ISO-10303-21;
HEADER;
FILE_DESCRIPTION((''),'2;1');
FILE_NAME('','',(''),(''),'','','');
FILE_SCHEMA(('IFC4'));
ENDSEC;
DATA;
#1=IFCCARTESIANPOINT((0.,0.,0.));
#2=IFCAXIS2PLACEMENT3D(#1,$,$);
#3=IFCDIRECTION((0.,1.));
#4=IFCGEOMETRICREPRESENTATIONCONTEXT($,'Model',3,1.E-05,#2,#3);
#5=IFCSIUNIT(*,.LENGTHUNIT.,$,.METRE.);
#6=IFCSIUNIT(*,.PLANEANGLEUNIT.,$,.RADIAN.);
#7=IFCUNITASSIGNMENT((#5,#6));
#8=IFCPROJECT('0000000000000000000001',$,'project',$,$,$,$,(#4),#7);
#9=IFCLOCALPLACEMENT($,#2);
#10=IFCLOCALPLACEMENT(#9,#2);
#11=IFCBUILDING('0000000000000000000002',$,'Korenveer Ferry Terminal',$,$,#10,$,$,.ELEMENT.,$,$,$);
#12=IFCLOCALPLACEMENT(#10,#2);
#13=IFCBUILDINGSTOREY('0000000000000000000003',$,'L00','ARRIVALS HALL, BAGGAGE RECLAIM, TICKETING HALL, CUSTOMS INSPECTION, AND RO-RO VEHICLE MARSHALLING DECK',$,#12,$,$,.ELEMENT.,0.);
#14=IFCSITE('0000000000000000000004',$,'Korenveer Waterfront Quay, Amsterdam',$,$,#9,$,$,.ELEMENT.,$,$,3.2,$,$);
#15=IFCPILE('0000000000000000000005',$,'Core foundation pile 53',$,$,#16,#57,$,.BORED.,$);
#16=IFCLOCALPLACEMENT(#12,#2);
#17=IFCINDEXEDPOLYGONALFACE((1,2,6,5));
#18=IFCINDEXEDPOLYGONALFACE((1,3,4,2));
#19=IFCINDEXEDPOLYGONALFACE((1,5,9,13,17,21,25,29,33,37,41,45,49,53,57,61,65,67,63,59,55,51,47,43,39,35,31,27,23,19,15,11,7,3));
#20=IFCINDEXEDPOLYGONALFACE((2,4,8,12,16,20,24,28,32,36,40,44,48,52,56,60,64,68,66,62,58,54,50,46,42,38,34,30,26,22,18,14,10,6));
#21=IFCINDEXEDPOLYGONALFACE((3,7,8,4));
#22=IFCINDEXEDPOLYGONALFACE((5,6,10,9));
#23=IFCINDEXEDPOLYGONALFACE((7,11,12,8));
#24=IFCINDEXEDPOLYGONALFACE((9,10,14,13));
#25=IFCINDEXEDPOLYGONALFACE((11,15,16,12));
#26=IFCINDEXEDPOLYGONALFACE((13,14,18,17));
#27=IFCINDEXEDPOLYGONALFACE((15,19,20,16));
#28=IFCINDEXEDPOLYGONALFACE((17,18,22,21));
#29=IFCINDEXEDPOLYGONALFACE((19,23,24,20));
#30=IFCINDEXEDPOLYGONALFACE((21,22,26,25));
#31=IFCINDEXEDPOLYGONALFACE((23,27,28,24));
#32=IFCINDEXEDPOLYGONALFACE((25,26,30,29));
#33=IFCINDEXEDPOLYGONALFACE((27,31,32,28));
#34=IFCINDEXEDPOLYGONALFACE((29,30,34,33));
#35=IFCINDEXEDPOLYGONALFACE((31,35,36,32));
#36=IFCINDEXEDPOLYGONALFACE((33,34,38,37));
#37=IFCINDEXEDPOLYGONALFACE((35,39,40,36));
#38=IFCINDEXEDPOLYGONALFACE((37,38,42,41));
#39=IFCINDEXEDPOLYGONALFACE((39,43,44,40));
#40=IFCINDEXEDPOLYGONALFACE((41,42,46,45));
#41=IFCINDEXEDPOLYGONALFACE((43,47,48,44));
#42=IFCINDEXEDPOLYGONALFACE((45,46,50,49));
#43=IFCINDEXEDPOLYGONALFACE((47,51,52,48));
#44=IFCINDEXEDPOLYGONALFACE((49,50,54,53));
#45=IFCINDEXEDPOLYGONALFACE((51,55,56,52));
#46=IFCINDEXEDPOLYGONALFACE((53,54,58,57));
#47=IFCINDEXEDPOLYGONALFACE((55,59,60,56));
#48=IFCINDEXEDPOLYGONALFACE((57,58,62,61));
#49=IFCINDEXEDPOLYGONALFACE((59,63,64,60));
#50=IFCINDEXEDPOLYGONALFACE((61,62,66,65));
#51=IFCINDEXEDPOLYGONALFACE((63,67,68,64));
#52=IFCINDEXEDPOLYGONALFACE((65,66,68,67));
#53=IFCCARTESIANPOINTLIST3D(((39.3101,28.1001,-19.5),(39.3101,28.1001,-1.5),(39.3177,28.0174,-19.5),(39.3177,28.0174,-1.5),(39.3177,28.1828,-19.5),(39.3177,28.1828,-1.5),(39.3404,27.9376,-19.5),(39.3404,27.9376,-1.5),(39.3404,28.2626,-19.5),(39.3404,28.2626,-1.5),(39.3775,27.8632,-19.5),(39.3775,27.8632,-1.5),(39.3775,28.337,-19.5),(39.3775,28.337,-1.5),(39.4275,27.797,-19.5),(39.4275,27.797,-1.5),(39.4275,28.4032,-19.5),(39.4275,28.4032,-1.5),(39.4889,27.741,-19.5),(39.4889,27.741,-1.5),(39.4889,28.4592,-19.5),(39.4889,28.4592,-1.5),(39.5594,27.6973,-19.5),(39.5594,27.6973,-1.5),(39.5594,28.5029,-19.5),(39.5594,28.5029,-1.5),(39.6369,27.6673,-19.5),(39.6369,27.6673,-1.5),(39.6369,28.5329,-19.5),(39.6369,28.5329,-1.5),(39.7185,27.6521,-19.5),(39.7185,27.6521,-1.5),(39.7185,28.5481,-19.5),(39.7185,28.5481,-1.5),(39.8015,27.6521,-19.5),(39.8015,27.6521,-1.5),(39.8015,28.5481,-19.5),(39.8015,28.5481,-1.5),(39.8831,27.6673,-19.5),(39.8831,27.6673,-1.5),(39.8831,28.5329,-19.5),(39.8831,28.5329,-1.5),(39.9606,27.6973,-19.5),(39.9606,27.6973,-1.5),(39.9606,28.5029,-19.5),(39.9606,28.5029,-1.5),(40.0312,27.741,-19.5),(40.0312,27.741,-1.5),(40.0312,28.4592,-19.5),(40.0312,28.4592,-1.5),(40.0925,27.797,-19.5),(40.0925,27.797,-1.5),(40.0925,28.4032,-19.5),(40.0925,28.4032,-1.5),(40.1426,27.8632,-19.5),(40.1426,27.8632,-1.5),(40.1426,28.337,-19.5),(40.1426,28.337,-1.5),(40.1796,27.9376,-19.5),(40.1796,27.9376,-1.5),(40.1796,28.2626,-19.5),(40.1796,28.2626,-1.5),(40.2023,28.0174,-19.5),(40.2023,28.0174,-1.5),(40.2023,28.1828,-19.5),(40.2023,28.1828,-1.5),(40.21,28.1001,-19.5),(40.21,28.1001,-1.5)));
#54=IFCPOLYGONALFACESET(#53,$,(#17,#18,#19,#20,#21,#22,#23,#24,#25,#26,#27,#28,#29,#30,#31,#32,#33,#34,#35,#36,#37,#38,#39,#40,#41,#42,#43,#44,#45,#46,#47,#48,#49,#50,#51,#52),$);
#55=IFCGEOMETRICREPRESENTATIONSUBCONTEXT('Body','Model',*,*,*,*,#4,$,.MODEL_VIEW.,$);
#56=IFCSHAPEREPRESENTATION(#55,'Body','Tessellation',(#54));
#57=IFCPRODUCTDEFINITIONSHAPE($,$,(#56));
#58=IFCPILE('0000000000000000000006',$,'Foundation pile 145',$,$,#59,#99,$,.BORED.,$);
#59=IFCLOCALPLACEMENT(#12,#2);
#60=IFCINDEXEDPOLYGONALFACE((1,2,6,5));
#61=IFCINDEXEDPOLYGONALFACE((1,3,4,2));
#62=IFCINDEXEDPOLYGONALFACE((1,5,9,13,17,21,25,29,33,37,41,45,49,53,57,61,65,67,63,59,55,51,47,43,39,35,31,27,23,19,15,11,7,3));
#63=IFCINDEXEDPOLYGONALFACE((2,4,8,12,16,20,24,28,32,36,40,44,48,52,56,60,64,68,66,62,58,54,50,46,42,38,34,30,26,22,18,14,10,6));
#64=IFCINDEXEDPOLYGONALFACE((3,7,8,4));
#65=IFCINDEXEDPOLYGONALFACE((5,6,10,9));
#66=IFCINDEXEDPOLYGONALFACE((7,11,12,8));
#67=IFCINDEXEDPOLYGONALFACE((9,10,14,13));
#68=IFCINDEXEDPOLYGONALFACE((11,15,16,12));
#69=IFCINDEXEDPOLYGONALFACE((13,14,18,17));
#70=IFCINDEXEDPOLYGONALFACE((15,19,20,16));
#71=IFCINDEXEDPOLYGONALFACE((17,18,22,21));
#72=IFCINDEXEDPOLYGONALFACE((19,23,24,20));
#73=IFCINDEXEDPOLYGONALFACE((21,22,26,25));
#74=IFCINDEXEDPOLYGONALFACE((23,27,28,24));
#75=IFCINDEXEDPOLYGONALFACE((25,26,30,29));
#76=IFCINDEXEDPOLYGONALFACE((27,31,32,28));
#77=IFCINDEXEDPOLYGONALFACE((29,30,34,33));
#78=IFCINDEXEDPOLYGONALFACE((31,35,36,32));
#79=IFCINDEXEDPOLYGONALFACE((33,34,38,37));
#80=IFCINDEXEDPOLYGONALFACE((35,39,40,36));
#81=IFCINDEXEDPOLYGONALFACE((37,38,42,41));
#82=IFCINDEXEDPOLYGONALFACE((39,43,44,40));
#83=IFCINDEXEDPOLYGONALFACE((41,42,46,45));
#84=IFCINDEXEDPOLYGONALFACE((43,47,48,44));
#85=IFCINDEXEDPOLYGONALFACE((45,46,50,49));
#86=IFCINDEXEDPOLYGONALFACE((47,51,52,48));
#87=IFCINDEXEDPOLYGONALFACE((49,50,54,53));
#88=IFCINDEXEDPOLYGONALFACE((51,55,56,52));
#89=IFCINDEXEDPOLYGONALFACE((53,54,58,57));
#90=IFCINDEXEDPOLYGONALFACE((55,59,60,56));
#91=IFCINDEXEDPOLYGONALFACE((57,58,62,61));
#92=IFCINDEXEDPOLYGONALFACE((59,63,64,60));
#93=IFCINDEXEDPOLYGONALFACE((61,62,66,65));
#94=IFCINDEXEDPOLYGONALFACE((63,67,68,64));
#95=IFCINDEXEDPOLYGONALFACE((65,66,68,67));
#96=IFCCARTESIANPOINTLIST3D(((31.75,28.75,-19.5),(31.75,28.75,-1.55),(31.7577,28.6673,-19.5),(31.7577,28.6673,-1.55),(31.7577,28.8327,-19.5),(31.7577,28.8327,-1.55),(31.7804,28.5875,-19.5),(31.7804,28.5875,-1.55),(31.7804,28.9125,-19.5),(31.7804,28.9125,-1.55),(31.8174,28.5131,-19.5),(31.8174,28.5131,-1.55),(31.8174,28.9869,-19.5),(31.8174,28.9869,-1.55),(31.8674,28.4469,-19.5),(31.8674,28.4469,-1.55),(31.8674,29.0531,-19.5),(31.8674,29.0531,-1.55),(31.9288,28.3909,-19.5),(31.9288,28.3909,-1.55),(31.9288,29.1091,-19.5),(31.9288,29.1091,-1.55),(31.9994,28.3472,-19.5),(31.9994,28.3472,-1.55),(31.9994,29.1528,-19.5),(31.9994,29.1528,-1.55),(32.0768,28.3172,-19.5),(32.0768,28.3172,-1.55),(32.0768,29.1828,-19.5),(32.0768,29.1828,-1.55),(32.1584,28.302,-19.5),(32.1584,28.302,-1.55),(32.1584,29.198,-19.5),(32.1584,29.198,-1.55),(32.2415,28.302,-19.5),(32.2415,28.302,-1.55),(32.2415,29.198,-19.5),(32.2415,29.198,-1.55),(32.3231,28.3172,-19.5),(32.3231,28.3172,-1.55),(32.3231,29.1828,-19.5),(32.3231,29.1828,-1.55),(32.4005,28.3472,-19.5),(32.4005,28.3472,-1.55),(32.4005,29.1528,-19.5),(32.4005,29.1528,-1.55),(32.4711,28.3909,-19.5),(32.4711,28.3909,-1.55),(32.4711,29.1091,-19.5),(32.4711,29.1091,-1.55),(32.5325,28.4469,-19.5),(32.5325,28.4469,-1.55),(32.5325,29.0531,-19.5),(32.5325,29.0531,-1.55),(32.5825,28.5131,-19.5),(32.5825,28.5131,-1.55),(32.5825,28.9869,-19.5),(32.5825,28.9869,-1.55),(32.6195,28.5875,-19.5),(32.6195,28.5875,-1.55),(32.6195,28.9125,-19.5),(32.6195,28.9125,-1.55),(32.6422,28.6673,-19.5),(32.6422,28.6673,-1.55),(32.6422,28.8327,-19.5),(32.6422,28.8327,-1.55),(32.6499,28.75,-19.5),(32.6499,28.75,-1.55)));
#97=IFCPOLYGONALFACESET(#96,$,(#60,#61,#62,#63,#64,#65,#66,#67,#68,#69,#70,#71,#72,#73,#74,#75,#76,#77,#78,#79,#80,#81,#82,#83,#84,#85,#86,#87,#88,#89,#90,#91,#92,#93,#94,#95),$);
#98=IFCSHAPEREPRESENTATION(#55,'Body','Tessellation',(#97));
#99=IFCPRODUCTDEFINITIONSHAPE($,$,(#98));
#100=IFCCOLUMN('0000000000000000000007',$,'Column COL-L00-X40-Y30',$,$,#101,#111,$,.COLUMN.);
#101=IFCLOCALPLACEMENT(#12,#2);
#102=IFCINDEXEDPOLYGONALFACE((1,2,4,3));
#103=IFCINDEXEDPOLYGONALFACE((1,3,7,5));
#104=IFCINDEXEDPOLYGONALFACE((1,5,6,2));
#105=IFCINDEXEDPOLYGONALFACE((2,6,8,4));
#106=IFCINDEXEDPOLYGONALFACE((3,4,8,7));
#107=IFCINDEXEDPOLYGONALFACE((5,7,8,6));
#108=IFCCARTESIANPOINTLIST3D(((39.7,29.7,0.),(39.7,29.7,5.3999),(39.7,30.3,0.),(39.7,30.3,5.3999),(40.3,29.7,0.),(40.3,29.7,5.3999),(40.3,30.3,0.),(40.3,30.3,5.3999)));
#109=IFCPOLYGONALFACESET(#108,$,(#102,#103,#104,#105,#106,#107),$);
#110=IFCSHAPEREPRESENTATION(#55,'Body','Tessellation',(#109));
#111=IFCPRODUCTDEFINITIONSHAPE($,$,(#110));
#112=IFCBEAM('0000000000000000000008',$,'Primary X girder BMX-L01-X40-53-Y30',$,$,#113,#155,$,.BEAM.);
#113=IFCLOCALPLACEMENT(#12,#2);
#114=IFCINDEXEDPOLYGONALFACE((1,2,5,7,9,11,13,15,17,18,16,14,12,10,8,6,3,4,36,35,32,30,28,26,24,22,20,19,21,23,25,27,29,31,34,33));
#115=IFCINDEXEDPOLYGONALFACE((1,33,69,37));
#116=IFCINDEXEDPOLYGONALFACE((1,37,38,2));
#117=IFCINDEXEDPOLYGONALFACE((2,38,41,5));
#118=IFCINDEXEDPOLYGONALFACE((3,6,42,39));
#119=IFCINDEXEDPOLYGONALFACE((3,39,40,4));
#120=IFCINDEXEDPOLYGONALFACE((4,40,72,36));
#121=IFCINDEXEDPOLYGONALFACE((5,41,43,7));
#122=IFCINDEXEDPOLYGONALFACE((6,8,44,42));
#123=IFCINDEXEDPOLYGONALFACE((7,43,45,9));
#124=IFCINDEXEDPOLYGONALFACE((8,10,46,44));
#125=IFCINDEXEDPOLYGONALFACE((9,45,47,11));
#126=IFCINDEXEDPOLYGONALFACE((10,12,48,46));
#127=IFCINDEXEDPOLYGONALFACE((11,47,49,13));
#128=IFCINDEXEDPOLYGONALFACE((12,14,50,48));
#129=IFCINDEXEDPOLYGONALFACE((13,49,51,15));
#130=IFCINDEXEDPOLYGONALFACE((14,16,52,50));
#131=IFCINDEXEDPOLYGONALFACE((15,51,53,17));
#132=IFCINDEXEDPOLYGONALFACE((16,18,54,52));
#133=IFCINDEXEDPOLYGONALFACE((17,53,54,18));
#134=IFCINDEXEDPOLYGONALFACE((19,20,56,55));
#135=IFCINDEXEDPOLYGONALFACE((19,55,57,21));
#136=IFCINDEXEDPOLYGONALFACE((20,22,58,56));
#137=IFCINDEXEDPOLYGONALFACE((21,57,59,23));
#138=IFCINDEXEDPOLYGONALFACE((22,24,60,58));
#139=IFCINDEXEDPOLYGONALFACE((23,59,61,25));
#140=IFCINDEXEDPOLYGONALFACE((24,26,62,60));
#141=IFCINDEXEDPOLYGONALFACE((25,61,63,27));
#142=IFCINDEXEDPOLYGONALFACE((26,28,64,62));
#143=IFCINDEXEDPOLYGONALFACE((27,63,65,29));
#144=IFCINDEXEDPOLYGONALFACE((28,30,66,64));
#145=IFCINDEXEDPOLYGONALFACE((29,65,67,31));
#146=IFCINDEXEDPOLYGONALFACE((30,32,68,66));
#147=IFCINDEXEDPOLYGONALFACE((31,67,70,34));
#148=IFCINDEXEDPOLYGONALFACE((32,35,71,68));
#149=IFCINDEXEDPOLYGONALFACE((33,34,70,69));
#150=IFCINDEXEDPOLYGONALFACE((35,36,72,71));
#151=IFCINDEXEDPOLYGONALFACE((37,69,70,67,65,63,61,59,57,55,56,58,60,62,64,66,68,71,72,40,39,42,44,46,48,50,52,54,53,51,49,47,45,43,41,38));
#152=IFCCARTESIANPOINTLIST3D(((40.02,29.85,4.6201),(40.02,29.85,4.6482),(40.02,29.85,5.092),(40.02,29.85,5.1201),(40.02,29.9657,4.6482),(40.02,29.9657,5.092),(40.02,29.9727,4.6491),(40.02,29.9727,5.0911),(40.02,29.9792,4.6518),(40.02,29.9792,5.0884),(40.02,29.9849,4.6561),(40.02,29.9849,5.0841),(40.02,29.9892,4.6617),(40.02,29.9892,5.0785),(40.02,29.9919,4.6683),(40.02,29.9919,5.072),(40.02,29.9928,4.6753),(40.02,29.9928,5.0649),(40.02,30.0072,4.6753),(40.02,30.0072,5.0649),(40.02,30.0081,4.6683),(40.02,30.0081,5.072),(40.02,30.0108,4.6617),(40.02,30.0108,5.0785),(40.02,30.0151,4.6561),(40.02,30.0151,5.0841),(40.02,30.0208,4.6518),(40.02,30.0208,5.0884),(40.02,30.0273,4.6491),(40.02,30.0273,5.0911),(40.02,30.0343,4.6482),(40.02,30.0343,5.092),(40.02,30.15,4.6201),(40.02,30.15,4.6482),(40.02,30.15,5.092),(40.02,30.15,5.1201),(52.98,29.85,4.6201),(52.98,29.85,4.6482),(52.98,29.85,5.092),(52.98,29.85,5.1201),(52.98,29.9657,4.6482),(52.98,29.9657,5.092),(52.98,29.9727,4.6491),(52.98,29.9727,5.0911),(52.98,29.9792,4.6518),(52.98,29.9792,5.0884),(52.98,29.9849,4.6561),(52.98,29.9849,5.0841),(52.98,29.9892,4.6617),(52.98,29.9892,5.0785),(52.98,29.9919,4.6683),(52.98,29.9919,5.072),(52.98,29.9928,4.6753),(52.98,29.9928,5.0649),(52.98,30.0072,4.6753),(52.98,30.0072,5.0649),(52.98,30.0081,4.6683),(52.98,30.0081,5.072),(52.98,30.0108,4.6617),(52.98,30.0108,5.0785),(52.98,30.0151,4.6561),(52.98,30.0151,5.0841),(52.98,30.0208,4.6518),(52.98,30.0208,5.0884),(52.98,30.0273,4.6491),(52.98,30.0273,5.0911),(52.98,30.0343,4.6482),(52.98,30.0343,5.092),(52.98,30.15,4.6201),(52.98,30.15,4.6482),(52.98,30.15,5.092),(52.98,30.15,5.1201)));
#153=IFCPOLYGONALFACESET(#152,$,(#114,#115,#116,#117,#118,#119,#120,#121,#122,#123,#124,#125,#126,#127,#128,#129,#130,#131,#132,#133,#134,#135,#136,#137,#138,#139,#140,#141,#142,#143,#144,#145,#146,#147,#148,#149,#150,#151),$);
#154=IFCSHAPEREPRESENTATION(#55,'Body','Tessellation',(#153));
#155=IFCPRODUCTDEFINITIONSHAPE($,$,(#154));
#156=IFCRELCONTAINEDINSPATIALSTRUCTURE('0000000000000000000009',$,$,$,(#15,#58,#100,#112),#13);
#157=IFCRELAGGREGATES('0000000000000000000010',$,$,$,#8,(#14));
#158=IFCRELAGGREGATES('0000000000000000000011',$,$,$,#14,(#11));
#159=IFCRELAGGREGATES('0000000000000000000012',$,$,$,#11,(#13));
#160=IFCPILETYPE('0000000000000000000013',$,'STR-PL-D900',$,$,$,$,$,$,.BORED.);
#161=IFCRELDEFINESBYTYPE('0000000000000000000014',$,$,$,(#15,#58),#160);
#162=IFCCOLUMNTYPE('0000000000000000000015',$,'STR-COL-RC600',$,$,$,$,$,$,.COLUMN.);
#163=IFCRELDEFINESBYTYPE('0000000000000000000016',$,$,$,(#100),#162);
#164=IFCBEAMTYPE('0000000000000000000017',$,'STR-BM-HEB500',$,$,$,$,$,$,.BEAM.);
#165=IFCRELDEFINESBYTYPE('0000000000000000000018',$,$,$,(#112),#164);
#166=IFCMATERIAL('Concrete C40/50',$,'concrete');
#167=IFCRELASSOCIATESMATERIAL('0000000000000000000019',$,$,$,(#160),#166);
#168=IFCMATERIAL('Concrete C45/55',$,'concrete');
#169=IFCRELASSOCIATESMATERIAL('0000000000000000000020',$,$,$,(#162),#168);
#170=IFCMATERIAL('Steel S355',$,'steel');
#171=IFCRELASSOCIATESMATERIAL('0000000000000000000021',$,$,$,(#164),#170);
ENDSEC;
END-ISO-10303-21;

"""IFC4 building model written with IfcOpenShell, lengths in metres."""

from ifc_helpers import new_model, si_unit, direction, frame, origin, origin_2d, place, context, subcontext, project, spatial, rectangle, circle, i_section, extrude, material, material_profile, profile_set, type_object, element, save


model = new_model("IFC4")

# Units and contexts
model_context = context("Model", 3, precision=1e-05, world=origin(), true_north=direction((0.0, 1.0)))
body_context = subcontext(model_context, "Body", "Model", "MODEL_VIEW")
ifc_project = project(units=[si_unit("LENGTHUNIT", "METRE"), si_unit("PLANEANGLEUNIT", "RADIAN")], contexts=[model_context])

# Site, building, storey
site_placement = place(None, origin())
site = spatial("IfcSite", under=ifc_project, at=site_placement, Name="Korenveer Waterfront Quay, Amsterdam", CompositionType="ELEMENT", RefElevation=3.2)
building_placement = place(site_placement, origin())
building = spatial("IfcBuilding", under=site, at=building_placement, Name="Korenveer Ferry Terminal", CompositionType="ELEMENT")
storey_placement = place(building_placement, origin())
storey = spatial("IfcBuildingStorey", under=building, at=storey_placement, Name="L00", Description="ARRIVALS HALL, BAGGAGE RECLAIM, TICKETING HALL, CUSTOMS INSPECTION, AND RO-RO VEHICLE MARSHALLING DECK", CompositionType="ELEMENT", Elevation=0.0)

# Shared definitions
ifc_material_1 = material(Name="Concrete C40/50", Category="concrete")
ifc_material_2 = material(Name="Concrete C45/55", Category="concrete")

# Piles
ifc_material_profile_1 = material_profile(ifc_material_1, circle(Radius=0.45, at=origin_2d()), Name="PILE D900")
ifc_profile_set_1 = profile_set([ifc_material_profile_1], Name="Concrete C40/50")
pile_type_1 = type_object("IfcPileType", Name="STR-PL-D900", PredefinedType="BORED", material=ifc_profile_set_1)
for number, where, z_axis, x_axis, name in (
    (1, (39.76, 28.1001, -1.5), (0.0, 0.0, -1.0), (1.0, 0.0, 0.0), "Core foundation pile 53"),
):
    element("IfcPile", number, at=place(storey_placement, frame(where, z_axis=z_axis, x_axis=x_axis)), inside=storey, type_object=pile_type_1, Name=name, PredefinedType="BORED", context=body_context, shape_type="SweptSolid", body=[
        extrude(circle(Radius=0.45, at=origin_2d()), origin(), (0.0, 0.0, 1.0), 18.0),
    ])
pile_1_placement = place(storey_placement, frame((32.2, 28.75, -1.55), z_axis=(0.0, 0.0, -1.0), x_axis=(1.0, 0.0, 0.0)))
element("IfcPile", 2, at=pile_1_placement, inside=storey, type_object=pile_type_1, Name="Foundation pile 145", PredefinedType="BORED", context=body_context, shape_type="SweptSolid", body=[
    extrude(circle(Radius=0.45, at=origin_2d()), origin(), (0.0, 0.0, 1.0), 17.95),
])

# Column
ifc_material_profile_2 = material_profile(ifc_material_2, rectangle(XDim=0.6001, YDim=0.6001, at=origin_2d()), Name="RC 600x600")
ifc_profile_set_2 = profile_set([ifc_material_profile_2], Name="Concrete C45/55")
column_type = type_object("IfcColumnType", Name="STR-COL-RC600", PredefinedType="COLUMN", material=ifc_profile_set_2)
column_placement = place(storey_placement, frame((40.0, 30.0, 0.0), z_axis=(0.0, 0.0, 1.0), x_axis=(1.0, 0.0, 0.0)))
element("IfcColumn", 3, at=column_placement, inside=storey, type_object=column_type, Name="Column COL-L00-X40-Y30", PredefinedType="COLUMN", context=body_context, shape_type="SweptSolid", body=[
    extrude(rectangle(XDim=0.6001, YDim=0.6001, at=origin_2d()), origin(), (0.0, 0.0, 1.0), 5.3999),
])

# Beam
ifc_material_3 = material(Name="Steel S355", Category="steel")
ifc_material_profile_3 = material_profile(ifc_material_3, i_section(OverallWidth=0.3, OverallDepth=0.5, WebThickness=0.0144, FlangeThickness=0.0281, FilletRadius=0.0271, at=origin_2d()), Name="HEB 500")
ifc_profile_set_3 = profile_set([ifc_material_profile_3], Name="Steel S355")
beam_type_1 = type_object("IfcBeamType", Name="STR-BM-HEB500", PredefinedType="BEAM", material=ifc_profile_set_3)
beam_placement = place(storey_placement, frame((40.02, 30.0, 4.8701), z_axis=(1.0, 0.0, 0.0), x_axis=(0.0, 1.0, 0.0)))
element("IfcBeam", 4, at=beam_placement, inside=storey, type_object=beam_type_1, Name="Primary X girder BMX-L01-X40-53-Y30", PredefinedType="BEAM", context=body_context, shape_type="SweptSolid", body=[
    extrude(i_section(OverallWidth=0.3, OverallDepth=0.5, WebThickness=0.0144, FlangeThickness=0.0281, FilletRadius=0.0271, at=origin_2d()), origin(), (0.0, 0.0, 1.0), 12.96),
])

save(model, "model.ifc")
